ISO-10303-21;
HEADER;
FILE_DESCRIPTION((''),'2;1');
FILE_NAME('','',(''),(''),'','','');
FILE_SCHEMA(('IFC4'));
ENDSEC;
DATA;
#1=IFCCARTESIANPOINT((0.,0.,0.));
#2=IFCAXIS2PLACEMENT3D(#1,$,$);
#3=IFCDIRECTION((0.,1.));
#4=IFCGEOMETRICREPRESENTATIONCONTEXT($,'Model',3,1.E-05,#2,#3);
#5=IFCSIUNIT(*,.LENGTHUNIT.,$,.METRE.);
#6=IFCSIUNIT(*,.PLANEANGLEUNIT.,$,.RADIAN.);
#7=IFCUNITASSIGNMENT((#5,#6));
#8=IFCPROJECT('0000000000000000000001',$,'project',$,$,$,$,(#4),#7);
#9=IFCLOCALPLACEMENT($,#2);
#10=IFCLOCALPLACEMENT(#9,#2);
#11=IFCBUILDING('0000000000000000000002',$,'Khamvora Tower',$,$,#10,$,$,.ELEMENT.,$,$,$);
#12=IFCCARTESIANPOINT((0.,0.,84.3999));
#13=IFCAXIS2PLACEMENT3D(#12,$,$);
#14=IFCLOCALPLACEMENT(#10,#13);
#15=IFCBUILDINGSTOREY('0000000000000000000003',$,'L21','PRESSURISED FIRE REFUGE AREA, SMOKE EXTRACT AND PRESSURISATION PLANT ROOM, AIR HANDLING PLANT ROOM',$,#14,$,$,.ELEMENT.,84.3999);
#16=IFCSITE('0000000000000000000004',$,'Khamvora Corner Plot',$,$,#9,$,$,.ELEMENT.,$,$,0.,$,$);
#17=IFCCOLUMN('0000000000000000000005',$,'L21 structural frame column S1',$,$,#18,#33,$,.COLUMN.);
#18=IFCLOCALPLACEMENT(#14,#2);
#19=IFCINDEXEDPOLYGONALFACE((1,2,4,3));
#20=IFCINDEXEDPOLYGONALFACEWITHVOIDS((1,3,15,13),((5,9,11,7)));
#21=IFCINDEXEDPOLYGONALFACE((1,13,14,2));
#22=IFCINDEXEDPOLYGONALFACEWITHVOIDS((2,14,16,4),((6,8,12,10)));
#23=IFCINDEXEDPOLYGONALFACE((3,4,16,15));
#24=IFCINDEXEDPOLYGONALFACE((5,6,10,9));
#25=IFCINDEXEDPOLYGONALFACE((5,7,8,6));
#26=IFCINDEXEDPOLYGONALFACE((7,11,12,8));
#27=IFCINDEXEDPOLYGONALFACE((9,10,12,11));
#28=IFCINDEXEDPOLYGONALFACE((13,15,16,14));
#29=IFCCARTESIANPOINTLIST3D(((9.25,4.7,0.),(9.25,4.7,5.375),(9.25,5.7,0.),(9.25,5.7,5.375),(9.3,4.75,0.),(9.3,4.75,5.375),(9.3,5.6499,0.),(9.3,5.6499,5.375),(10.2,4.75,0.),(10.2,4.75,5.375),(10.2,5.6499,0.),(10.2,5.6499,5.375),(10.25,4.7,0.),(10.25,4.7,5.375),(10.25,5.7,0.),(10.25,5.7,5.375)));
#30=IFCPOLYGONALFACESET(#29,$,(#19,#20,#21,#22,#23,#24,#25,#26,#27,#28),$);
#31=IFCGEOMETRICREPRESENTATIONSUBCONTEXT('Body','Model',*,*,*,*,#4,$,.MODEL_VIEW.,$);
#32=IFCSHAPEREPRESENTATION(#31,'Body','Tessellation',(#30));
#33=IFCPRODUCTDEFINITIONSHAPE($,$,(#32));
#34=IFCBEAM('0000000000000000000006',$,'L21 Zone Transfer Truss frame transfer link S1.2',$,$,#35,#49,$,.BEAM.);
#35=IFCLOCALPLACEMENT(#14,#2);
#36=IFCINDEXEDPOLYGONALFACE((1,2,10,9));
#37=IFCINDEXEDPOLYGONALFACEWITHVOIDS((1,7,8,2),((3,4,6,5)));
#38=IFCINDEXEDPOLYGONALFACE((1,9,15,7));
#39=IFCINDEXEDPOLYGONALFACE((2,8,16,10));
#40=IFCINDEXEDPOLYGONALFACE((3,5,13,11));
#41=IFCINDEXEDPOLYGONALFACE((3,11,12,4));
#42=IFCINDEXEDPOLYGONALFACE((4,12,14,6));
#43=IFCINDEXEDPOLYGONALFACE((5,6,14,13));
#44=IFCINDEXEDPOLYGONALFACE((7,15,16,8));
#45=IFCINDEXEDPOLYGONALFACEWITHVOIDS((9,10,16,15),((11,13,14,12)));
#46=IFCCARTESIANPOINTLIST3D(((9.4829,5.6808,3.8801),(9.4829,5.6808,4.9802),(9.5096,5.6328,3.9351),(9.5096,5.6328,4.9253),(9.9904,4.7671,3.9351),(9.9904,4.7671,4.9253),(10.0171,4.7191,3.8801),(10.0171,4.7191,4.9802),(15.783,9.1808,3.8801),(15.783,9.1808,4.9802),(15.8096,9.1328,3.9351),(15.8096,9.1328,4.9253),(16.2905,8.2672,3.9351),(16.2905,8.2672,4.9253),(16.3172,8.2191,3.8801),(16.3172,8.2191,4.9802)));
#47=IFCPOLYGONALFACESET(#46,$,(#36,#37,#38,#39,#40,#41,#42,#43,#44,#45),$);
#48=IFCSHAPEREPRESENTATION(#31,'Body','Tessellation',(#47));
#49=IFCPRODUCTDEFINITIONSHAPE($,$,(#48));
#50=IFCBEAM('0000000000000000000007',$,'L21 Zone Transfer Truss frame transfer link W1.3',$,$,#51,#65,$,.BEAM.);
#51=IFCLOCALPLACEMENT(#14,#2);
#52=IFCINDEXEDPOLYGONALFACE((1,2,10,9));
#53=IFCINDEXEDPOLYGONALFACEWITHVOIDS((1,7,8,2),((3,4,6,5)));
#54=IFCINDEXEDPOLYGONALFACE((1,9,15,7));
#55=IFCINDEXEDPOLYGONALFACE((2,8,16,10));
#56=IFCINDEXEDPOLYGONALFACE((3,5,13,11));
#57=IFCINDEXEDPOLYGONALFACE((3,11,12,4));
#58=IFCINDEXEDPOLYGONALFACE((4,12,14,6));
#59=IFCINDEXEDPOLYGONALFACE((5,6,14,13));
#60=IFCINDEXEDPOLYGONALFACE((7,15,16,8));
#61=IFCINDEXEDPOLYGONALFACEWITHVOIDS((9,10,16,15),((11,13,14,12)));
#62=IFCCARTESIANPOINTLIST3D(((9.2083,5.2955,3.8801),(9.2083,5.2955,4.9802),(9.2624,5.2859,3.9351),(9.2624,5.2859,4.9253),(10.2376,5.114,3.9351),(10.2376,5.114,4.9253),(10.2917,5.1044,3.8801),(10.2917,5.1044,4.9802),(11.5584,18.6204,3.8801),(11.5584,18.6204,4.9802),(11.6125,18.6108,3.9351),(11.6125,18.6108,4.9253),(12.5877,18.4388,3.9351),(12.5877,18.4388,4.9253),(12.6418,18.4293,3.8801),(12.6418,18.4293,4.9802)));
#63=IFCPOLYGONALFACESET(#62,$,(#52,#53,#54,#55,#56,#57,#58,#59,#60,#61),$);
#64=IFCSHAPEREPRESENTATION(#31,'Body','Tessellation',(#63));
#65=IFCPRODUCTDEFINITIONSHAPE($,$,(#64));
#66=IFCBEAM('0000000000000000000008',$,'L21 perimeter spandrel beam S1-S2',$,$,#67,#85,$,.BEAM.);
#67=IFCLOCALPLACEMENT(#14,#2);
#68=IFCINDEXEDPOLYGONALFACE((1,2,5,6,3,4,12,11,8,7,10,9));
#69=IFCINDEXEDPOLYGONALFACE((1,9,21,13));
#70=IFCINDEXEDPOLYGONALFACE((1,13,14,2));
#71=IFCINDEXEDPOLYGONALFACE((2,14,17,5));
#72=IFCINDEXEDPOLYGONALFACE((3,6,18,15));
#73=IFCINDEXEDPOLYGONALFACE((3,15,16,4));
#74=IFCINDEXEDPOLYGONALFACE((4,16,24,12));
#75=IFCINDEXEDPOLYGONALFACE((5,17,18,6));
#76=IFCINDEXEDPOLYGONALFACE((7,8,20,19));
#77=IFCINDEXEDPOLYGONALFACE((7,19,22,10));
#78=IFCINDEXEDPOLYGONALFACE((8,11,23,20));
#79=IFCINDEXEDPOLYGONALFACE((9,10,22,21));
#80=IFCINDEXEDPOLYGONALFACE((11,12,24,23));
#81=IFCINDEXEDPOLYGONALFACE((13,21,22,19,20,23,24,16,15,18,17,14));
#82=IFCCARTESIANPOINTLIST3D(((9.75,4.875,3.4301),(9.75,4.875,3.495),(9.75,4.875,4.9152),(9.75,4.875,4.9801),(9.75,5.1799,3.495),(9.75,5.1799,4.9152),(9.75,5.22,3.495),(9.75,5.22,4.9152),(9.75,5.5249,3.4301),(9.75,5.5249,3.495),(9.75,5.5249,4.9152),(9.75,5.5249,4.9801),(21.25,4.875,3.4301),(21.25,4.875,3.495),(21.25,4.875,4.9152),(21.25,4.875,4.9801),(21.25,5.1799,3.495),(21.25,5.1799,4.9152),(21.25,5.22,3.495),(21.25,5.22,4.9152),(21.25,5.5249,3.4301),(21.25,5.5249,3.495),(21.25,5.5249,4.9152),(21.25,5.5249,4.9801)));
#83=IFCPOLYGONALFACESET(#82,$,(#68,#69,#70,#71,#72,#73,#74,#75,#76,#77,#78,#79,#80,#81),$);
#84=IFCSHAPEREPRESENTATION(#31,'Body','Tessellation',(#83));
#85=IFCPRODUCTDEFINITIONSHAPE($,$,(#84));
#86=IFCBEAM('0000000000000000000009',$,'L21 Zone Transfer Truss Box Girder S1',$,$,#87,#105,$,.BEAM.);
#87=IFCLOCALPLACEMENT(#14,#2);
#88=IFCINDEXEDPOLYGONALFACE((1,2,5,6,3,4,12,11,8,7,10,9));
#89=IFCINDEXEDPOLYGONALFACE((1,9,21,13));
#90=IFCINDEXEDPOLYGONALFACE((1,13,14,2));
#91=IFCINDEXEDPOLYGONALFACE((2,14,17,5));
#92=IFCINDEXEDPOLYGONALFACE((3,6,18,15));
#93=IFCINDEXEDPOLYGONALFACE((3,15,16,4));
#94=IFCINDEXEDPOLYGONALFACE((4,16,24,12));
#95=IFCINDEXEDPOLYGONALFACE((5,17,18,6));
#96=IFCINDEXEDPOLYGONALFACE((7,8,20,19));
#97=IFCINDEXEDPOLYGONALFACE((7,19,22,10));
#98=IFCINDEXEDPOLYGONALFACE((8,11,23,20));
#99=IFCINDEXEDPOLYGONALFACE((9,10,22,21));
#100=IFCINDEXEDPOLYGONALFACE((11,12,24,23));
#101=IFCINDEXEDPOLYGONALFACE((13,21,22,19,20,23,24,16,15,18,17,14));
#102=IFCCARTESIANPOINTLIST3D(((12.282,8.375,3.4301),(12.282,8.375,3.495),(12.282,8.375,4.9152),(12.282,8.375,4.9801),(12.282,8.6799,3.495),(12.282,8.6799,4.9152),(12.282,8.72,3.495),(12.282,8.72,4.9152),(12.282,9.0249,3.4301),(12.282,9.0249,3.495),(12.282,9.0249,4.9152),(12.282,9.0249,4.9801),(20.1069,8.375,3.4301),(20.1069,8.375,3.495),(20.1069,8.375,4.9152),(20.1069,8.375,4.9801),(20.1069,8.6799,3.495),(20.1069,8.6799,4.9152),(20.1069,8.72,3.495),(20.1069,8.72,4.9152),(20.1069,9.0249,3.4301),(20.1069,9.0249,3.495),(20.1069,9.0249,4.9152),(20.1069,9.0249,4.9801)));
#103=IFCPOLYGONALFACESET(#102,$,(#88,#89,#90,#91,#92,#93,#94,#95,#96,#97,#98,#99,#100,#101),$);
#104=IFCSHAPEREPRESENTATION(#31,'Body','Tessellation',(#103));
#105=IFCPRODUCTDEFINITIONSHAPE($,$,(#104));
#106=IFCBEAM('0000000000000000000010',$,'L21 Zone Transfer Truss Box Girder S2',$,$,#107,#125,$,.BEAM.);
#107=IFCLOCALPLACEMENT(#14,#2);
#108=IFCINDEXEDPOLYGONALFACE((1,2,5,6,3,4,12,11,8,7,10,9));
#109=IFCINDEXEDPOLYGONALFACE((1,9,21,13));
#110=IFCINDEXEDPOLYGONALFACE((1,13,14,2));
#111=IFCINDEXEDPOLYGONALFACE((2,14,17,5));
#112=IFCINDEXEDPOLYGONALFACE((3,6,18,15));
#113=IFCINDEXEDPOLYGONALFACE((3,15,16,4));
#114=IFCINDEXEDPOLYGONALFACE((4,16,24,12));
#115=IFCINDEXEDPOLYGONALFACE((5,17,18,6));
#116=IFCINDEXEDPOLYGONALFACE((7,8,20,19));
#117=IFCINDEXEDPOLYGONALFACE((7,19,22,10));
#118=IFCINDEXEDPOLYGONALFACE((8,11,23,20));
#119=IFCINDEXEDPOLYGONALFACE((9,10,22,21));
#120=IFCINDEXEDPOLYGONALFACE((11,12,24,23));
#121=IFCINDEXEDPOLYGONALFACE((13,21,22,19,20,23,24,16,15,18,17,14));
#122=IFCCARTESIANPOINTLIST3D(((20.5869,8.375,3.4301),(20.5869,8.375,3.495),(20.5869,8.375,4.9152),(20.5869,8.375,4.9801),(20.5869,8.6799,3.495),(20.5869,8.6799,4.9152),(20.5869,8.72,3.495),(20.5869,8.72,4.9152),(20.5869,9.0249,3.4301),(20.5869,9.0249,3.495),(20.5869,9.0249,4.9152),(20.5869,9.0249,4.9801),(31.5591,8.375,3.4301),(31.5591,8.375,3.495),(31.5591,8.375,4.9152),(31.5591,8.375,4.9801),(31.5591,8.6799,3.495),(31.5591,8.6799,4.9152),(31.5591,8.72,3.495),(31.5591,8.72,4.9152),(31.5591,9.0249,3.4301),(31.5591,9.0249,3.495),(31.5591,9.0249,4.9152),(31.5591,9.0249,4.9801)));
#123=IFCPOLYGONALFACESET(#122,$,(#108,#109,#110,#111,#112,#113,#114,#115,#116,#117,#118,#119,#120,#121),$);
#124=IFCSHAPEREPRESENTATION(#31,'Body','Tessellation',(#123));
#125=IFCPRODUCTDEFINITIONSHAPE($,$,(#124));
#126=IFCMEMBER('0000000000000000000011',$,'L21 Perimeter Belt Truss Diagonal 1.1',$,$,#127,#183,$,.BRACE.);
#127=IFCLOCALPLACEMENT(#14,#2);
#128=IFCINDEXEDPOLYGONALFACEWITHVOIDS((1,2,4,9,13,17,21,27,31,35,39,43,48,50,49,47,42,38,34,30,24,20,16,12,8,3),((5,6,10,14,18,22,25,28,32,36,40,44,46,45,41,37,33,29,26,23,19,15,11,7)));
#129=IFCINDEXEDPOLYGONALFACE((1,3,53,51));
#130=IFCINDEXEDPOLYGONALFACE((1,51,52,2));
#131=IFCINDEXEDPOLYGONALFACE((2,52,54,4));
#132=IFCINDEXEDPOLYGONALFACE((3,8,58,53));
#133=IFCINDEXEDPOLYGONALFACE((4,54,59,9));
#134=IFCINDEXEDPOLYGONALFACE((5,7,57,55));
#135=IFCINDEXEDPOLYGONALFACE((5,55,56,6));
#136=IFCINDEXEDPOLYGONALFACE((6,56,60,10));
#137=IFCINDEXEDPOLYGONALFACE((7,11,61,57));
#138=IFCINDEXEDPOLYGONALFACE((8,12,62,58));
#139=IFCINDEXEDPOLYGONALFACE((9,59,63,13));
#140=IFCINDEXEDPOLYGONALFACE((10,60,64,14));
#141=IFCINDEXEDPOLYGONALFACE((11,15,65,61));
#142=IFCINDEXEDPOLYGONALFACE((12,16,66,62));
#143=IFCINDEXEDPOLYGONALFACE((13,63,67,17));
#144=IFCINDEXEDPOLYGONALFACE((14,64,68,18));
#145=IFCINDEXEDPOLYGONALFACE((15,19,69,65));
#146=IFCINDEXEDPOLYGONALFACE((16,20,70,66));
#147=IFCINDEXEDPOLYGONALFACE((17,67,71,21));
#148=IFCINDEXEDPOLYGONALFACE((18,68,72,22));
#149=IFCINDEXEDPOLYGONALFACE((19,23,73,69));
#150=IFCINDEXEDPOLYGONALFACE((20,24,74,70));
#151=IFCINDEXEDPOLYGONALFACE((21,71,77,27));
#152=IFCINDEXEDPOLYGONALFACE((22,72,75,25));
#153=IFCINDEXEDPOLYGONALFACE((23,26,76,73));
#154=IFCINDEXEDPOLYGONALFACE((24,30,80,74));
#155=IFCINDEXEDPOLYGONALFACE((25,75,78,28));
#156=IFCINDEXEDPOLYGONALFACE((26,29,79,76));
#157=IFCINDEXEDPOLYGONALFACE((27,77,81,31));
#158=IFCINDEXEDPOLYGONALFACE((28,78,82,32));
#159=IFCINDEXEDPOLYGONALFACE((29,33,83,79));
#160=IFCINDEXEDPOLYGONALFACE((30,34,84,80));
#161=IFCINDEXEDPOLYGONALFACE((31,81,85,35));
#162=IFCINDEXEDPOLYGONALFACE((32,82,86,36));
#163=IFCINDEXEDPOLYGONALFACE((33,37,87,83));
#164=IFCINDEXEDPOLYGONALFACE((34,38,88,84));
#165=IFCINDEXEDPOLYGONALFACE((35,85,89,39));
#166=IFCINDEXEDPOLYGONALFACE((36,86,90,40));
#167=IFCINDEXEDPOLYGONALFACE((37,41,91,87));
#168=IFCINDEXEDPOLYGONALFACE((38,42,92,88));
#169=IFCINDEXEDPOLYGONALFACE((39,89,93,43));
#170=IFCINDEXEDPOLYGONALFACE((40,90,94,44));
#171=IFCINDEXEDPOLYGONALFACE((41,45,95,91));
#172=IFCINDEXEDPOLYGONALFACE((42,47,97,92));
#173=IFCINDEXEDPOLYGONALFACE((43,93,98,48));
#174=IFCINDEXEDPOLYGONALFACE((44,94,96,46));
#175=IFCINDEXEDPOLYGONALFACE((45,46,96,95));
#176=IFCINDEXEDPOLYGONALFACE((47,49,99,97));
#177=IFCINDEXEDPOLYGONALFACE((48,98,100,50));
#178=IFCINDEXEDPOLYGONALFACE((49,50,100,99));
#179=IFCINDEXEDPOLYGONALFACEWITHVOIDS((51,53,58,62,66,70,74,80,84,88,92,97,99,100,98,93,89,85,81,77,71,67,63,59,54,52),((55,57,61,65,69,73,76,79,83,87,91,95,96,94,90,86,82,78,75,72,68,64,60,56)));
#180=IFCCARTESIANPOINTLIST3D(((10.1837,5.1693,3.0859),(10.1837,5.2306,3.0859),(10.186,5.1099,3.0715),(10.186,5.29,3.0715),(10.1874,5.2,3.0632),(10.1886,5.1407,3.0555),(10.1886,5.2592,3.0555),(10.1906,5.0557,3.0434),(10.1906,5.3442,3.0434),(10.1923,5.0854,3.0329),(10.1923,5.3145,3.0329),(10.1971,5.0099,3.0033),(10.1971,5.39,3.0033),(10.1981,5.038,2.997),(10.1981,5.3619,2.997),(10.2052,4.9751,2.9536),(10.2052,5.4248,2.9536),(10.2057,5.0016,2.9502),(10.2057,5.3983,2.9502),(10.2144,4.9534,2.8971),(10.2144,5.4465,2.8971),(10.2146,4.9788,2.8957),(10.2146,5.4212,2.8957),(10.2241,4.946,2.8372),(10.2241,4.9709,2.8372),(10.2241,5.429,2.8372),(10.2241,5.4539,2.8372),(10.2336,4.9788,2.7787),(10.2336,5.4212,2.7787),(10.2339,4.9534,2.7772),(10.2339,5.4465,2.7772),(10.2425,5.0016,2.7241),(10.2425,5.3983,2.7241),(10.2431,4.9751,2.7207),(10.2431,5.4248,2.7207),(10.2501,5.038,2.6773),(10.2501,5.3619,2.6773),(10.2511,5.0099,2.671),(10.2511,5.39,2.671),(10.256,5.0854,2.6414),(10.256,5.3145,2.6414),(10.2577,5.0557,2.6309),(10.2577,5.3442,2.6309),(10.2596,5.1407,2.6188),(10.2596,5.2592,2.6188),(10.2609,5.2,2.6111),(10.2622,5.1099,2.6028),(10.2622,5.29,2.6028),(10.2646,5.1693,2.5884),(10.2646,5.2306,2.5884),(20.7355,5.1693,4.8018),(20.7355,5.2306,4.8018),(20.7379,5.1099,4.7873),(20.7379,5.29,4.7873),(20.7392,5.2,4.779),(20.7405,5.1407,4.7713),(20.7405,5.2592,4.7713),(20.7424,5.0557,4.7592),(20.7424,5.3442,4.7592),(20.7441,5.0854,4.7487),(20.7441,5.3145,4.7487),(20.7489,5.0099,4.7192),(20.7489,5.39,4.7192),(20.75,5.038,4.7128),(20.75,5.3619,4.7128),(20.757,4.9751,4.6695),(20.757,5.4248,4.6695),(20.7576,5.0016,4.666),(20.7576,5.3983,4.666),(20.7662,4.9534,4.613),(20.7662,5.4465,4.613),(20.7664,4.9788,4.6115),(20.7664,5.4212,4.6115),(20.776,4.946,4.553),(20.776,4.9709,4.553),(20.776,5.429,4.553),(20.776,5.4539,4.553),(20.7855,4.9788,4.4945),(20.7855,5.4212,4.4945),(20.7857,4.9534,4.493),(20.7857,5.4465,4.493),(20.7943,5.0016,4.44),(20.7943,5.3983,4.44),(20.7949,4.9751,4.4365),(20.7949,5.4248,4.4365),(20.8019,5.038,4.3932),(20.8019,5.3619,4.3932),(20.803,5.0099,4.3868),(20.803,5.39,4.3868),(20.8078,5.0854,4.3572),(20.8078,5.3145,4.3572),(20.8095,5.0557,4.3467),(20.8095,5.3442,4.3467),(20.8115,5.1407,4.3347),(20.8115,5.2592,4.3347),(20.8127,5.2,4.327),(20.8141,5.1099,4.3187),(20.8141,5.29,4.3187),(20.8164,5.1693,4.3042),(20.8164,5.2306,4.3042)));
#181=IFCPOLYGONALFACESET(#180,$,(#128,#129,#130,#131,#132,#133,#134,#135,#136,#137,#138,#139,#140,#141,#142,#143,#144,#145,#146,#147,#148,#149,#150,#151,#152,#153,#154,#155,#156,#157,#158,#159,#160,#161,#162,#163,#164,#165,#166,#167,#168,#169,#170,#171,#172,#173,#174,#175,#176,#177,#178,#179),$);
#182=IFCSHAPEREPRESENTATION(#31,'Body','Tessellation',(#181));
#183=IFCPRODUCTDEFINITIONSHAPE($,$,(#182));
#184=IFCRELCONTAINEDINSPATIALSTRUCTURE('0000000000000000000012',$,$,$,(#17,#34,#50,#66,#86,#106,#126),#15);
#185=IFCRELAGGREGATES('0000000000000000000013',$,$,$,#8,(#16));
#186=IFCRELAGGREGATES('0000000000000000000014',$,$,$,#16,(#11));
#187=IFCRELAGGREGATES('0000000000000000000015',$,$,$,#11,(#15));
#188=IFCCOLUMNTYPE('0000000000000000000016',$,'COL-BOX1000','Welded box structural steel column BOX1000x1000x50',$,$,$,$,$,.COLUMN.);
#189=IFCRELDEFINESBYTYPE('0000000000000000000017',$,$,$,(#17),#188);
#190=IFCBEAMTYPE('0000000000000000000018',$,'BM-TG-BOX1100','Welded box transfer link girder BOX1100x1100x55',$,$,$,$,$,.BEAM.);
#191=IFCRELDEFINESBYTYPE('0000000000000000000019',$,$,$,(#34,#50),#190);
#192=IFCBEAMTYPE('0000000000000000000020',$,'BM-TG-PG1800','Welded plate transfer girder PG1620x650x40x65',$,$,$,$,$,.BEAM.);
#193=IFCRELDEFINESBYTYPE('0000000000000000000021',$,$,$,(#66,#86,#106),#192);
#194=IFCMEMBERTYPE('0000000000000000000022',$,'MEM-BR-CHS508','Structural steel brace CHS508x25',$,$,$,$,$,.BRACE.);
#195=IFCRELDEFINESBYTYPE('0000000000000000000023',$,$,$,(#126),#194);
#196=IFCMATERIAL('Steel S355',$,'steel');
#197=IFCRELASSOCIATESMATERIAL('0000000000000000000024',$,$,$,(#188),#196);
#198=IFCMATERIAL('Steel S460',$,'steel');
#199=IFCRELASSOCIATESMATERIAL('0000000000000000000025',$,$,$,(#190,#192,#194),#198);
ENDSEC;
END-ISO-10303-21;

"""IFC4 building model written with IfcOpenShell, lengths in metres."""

from ifc_helpers import new_model, si_unit, direction, frame, origin, origin_2d, place, context, subcontext, project, spatial, hollow_rectangle, hollow_circle, i_section, extrude, material, material_profile, profile_set, type_object, element, save


model = new_model("IFC4")

# Units and contexts
model_context = context("Model", 3, precision=1e-05, world=origin(), true_north=direction((0.0, 1.0)))
body_context = subcontext(model_context, "Body", "Model", "MODEL_VIEW")
ifc_project = project(units=[si_unit("LENGTHUNIT", "METRE"), si_unit("PLANEANGLEUNIT", "RADIAN")], contexts=[model_context])

# Site, building, storey
site_placement = place(None, origin())
site = spatial("IfcSite", under=ifc_project, at=site_placement, Name="Khamvora Corner Plot", CompositionType="ELEMENT", RefElevation=0.0)
building_placement = place(site_placement, origin())
building = spatial("IfcBuilding", under=site, at=building_placement, Name="Khamvora Tower", CompositionType="ELEMENT")
storey_placement = place(building_placement, frame((0.0, 0.0, 84.3999)))
storey = spatial("IfcBuildingStorey", under=building, at=storey_placement, Name="L21", Description="PRESSURISED FIRE REFUGE AREA, SMOKE EXTRACT AND PRESSURISATION PLANT ROOM, AIR HANDLING PLANT ROOM", CompositionType="ELEMENT", Elevation=84.3999)

# Column
ifc_material_1 = material(Name="Steel S355", Category="steel")
ifc_material_profile_1 = material_profile(ifc_material_1, hollow_rectangle(XDim=1.0, YDim=1.0, WallThickness=0.05, at=origin_2d()), Name="BOX1000x1000x50")
ifc_profile_set_1 = profile_set([ifc_material_profile_1], Name="Steel S355")
column_type = type_object("IfcColumnType", Name="COL-BOX1000", Description="Welded box structural steel column BOX1000x1000x50", PredefinedType="COLUMN", material=ifc_profile_set_1)
column_placement = place(storey_placement, frame((9.75, 5.2, 0.0), z_axis=(0.0, 0.0, 1.0), x_axis=(1.0, 0.0, 0.0)))
element("IfcColumn", 1, at=column_placement, inside=storey, type_object=column_type, Name="L21 structural frame column S1", PredefinedType="COLUMN", context=body_context, shape_type="SweptSolid", body=[
    extrude(hollow_rectangle(XDim=1.0, YDim=1.0, WallThickness=0.05, at=origin_2d()), origin(), (0.0, 0.0, 1.0), 5.375),
])

# Beams
ifc_material_2 = material(Name="Steel S460", Category="steel")
ifc_material_profile_2 = material_profile(ifc_material_2, hollow_rectangle(XDim=1.1001, YDim=1.1001, WallThickness=0.0549, at=origin_2d()), Name="BOX1100x1100x55")
ifc_profile_set_2 = profile_set([ifc_material_profile_2], Name="Steel S460")
beam_type_1 = type_object("IfcBeamType", Name="BM-TG-BOX1100", Description="Welded box transfer link girder BOX1100x1100x55", PredefinedType="BEAM", material=ifc_profile_set_2)
beam_1_placement = place(storey_placement, frame((9.75, 5.2, 4.4302), z_axis=(0.874159, 0.48564, 0.0), x_axis=(-0.48564, 0.874159, 0.0)))
element("IfcBeam", 2, at=beam_1_placement, inside=storey, type_object=beam_type_1, Name="L21 Zone Transfer Truss frame transfer link S1.2", PredefinedType="BEAM", context=body_context, shape_type="SweptSolid", body=[
    extrude(hollow_rectangle(XDim=1.1001, YDim=1.1001, WallThickness=0.0549, at=origin_2d()), origin(), (0.0, 0.0, 1.0), 7.207),
])
beam_2_placement = place(storey_placement, frame((9.75, 5.2, 4.4302), z_axis=(0.173688, 0.984801, 0.0), x_axis=(-0.984801, 0.173688, 0.0)))
element("IfcBeam", 3, at=beam_2_placement, inside=storey, type_object=beam_type_1, Name="L21 Zone Transfer Truss frame transfer link W1.3", PredefinedType="BEAM", context=body_context, shape_type="SweptSolid", body=[
    extrude(hollow_rectangle(XDim=1.1001, YDim=1.1001, WallThickness=0.0549, at=origin_2d()), origin(), (0.0, 0.0, 1.0), 13.5305),
])
ifc_material_profile_3 = material_profile(ifc_material_2, i_section(OverallWidth=0.6499, OverallDepth=1.55, WebThickness=0.04, FlangeThickness=0.0649, at=origin_2d()), Name="PG1550x650x40x65")
ifc_profile_set_3 = profile_set([ifc_material_profile_3], Name="Steel S460")
beam_type_2 = type_object("IfcBeamType", Name="BM-TG-PG1800", Description="Welded plate transfer girder PG1620x650x40x65", PredefinedType="BEAM", material=ifc_profile_set_3)
beam_3_placement = place(storey_placement, frame((9.75, 5.2, 4.2051), z_axis=(1.0, 0.0, 0.0), x_axis=(0.0, 1.0, 0.0)))
element("IfcBeam", 4, at=beam_3_placement, inside=storey, type_object=beam_type_2, Name="L21 perimeter spandrel beam S1-S2", PredefinedType="BEAM", context=body_context, shape_type="SweptSolid", body=[
    extrude(i_section(OverallWidth=0.6499, OverallDepth=1.55, WebThickness=0.04, FlangeThickness=0.0649, at=origin_2d()), origin(), (0.0, 0.0, 1.0), 11.5),
])
beam_4_placement = place(storey_placement, frame((12.282, 8.7, 4.2051), z_axis=(1.0, 0.0, 0.0), x_axis=(0.0, 1.0, 0.0)))
element("IfcBeam", 5, at=beam_4_placement, inside=storey, type_object=beam_type_2, Name="L21 Zone Transfer Truss Box Girder S1", PredefinedType="BEAM", context=body_context, shape_type="SweptSolid", body=[
    extrude(i_section(OverallWidth=0.6499, OverallDepth=1.55, WebThickness=0.04, FlangeThickness=0.0649, at=origin_2d()), origin(), (0.0, 0.0, 1.0), 7.825),
])
beam_5_placement = place(storey_placement, frame((20.5869, 8.7, 4.2051), z_axis=(1.0, 0.0, 0.0), x_axis=(0.0, 1.0, 0.0)))
element("IfcBeam", 6, at=beam_5_placement, inside=storey, type_object=beam_type_2, Name="L21 Zone Transfer Truss Box Girder S2", PredefinedType="BEAM", context=body_context, shape_type="SweptSolid", body=[
    extrude(i_section(OverallWidth=0.6499, OverallDepth=1.55, WebThickness=0.04, FlangeThickness=0.0649, at=origin_2d()), origin(), (0.0, 0.0, 1.0), 10.9722),
])

# Member
ifc_material_profile_4 = material_profile(ifc_material_2, hollow_circle(Radius=0.2539, WallThickness=0.0249, at=origin_2d()), Name="CHS508x25")
ifc_profile_set_4 = profile_set([ifc_material_profile_4], Name="Steel S460")
member_type_1 = type_object("IfcMemberType", Name="MEM-BR-CHS508", Description="Structural steel brace CHS508x25", PredefinedType="BRACE", material=ifc_profile_set_4)
member_1_placement = place(storey_placement, frame((10.2241, 5.2, 2.8372), z_axis=(0.987036, 0.0, 0.160502), x_axis=(0.0, 1.0, 0.0)))
element("IfcMember", 7, at=member_1_placement, inside=storey, type_object=member_type_1, Name="L21 Perimeter Belt Truss Diagonal 1.1", PredefinedType="BRACE", context=body_context, shape_type="SweptSolid", body=[
    extrude(hollow_circle(Radius=0.2539, WallThickness=0.0249, at=origin_2d()), origin(), (0.0, 0.0, 1.0), 10.6904),
])

save(model, "model.ifc")
